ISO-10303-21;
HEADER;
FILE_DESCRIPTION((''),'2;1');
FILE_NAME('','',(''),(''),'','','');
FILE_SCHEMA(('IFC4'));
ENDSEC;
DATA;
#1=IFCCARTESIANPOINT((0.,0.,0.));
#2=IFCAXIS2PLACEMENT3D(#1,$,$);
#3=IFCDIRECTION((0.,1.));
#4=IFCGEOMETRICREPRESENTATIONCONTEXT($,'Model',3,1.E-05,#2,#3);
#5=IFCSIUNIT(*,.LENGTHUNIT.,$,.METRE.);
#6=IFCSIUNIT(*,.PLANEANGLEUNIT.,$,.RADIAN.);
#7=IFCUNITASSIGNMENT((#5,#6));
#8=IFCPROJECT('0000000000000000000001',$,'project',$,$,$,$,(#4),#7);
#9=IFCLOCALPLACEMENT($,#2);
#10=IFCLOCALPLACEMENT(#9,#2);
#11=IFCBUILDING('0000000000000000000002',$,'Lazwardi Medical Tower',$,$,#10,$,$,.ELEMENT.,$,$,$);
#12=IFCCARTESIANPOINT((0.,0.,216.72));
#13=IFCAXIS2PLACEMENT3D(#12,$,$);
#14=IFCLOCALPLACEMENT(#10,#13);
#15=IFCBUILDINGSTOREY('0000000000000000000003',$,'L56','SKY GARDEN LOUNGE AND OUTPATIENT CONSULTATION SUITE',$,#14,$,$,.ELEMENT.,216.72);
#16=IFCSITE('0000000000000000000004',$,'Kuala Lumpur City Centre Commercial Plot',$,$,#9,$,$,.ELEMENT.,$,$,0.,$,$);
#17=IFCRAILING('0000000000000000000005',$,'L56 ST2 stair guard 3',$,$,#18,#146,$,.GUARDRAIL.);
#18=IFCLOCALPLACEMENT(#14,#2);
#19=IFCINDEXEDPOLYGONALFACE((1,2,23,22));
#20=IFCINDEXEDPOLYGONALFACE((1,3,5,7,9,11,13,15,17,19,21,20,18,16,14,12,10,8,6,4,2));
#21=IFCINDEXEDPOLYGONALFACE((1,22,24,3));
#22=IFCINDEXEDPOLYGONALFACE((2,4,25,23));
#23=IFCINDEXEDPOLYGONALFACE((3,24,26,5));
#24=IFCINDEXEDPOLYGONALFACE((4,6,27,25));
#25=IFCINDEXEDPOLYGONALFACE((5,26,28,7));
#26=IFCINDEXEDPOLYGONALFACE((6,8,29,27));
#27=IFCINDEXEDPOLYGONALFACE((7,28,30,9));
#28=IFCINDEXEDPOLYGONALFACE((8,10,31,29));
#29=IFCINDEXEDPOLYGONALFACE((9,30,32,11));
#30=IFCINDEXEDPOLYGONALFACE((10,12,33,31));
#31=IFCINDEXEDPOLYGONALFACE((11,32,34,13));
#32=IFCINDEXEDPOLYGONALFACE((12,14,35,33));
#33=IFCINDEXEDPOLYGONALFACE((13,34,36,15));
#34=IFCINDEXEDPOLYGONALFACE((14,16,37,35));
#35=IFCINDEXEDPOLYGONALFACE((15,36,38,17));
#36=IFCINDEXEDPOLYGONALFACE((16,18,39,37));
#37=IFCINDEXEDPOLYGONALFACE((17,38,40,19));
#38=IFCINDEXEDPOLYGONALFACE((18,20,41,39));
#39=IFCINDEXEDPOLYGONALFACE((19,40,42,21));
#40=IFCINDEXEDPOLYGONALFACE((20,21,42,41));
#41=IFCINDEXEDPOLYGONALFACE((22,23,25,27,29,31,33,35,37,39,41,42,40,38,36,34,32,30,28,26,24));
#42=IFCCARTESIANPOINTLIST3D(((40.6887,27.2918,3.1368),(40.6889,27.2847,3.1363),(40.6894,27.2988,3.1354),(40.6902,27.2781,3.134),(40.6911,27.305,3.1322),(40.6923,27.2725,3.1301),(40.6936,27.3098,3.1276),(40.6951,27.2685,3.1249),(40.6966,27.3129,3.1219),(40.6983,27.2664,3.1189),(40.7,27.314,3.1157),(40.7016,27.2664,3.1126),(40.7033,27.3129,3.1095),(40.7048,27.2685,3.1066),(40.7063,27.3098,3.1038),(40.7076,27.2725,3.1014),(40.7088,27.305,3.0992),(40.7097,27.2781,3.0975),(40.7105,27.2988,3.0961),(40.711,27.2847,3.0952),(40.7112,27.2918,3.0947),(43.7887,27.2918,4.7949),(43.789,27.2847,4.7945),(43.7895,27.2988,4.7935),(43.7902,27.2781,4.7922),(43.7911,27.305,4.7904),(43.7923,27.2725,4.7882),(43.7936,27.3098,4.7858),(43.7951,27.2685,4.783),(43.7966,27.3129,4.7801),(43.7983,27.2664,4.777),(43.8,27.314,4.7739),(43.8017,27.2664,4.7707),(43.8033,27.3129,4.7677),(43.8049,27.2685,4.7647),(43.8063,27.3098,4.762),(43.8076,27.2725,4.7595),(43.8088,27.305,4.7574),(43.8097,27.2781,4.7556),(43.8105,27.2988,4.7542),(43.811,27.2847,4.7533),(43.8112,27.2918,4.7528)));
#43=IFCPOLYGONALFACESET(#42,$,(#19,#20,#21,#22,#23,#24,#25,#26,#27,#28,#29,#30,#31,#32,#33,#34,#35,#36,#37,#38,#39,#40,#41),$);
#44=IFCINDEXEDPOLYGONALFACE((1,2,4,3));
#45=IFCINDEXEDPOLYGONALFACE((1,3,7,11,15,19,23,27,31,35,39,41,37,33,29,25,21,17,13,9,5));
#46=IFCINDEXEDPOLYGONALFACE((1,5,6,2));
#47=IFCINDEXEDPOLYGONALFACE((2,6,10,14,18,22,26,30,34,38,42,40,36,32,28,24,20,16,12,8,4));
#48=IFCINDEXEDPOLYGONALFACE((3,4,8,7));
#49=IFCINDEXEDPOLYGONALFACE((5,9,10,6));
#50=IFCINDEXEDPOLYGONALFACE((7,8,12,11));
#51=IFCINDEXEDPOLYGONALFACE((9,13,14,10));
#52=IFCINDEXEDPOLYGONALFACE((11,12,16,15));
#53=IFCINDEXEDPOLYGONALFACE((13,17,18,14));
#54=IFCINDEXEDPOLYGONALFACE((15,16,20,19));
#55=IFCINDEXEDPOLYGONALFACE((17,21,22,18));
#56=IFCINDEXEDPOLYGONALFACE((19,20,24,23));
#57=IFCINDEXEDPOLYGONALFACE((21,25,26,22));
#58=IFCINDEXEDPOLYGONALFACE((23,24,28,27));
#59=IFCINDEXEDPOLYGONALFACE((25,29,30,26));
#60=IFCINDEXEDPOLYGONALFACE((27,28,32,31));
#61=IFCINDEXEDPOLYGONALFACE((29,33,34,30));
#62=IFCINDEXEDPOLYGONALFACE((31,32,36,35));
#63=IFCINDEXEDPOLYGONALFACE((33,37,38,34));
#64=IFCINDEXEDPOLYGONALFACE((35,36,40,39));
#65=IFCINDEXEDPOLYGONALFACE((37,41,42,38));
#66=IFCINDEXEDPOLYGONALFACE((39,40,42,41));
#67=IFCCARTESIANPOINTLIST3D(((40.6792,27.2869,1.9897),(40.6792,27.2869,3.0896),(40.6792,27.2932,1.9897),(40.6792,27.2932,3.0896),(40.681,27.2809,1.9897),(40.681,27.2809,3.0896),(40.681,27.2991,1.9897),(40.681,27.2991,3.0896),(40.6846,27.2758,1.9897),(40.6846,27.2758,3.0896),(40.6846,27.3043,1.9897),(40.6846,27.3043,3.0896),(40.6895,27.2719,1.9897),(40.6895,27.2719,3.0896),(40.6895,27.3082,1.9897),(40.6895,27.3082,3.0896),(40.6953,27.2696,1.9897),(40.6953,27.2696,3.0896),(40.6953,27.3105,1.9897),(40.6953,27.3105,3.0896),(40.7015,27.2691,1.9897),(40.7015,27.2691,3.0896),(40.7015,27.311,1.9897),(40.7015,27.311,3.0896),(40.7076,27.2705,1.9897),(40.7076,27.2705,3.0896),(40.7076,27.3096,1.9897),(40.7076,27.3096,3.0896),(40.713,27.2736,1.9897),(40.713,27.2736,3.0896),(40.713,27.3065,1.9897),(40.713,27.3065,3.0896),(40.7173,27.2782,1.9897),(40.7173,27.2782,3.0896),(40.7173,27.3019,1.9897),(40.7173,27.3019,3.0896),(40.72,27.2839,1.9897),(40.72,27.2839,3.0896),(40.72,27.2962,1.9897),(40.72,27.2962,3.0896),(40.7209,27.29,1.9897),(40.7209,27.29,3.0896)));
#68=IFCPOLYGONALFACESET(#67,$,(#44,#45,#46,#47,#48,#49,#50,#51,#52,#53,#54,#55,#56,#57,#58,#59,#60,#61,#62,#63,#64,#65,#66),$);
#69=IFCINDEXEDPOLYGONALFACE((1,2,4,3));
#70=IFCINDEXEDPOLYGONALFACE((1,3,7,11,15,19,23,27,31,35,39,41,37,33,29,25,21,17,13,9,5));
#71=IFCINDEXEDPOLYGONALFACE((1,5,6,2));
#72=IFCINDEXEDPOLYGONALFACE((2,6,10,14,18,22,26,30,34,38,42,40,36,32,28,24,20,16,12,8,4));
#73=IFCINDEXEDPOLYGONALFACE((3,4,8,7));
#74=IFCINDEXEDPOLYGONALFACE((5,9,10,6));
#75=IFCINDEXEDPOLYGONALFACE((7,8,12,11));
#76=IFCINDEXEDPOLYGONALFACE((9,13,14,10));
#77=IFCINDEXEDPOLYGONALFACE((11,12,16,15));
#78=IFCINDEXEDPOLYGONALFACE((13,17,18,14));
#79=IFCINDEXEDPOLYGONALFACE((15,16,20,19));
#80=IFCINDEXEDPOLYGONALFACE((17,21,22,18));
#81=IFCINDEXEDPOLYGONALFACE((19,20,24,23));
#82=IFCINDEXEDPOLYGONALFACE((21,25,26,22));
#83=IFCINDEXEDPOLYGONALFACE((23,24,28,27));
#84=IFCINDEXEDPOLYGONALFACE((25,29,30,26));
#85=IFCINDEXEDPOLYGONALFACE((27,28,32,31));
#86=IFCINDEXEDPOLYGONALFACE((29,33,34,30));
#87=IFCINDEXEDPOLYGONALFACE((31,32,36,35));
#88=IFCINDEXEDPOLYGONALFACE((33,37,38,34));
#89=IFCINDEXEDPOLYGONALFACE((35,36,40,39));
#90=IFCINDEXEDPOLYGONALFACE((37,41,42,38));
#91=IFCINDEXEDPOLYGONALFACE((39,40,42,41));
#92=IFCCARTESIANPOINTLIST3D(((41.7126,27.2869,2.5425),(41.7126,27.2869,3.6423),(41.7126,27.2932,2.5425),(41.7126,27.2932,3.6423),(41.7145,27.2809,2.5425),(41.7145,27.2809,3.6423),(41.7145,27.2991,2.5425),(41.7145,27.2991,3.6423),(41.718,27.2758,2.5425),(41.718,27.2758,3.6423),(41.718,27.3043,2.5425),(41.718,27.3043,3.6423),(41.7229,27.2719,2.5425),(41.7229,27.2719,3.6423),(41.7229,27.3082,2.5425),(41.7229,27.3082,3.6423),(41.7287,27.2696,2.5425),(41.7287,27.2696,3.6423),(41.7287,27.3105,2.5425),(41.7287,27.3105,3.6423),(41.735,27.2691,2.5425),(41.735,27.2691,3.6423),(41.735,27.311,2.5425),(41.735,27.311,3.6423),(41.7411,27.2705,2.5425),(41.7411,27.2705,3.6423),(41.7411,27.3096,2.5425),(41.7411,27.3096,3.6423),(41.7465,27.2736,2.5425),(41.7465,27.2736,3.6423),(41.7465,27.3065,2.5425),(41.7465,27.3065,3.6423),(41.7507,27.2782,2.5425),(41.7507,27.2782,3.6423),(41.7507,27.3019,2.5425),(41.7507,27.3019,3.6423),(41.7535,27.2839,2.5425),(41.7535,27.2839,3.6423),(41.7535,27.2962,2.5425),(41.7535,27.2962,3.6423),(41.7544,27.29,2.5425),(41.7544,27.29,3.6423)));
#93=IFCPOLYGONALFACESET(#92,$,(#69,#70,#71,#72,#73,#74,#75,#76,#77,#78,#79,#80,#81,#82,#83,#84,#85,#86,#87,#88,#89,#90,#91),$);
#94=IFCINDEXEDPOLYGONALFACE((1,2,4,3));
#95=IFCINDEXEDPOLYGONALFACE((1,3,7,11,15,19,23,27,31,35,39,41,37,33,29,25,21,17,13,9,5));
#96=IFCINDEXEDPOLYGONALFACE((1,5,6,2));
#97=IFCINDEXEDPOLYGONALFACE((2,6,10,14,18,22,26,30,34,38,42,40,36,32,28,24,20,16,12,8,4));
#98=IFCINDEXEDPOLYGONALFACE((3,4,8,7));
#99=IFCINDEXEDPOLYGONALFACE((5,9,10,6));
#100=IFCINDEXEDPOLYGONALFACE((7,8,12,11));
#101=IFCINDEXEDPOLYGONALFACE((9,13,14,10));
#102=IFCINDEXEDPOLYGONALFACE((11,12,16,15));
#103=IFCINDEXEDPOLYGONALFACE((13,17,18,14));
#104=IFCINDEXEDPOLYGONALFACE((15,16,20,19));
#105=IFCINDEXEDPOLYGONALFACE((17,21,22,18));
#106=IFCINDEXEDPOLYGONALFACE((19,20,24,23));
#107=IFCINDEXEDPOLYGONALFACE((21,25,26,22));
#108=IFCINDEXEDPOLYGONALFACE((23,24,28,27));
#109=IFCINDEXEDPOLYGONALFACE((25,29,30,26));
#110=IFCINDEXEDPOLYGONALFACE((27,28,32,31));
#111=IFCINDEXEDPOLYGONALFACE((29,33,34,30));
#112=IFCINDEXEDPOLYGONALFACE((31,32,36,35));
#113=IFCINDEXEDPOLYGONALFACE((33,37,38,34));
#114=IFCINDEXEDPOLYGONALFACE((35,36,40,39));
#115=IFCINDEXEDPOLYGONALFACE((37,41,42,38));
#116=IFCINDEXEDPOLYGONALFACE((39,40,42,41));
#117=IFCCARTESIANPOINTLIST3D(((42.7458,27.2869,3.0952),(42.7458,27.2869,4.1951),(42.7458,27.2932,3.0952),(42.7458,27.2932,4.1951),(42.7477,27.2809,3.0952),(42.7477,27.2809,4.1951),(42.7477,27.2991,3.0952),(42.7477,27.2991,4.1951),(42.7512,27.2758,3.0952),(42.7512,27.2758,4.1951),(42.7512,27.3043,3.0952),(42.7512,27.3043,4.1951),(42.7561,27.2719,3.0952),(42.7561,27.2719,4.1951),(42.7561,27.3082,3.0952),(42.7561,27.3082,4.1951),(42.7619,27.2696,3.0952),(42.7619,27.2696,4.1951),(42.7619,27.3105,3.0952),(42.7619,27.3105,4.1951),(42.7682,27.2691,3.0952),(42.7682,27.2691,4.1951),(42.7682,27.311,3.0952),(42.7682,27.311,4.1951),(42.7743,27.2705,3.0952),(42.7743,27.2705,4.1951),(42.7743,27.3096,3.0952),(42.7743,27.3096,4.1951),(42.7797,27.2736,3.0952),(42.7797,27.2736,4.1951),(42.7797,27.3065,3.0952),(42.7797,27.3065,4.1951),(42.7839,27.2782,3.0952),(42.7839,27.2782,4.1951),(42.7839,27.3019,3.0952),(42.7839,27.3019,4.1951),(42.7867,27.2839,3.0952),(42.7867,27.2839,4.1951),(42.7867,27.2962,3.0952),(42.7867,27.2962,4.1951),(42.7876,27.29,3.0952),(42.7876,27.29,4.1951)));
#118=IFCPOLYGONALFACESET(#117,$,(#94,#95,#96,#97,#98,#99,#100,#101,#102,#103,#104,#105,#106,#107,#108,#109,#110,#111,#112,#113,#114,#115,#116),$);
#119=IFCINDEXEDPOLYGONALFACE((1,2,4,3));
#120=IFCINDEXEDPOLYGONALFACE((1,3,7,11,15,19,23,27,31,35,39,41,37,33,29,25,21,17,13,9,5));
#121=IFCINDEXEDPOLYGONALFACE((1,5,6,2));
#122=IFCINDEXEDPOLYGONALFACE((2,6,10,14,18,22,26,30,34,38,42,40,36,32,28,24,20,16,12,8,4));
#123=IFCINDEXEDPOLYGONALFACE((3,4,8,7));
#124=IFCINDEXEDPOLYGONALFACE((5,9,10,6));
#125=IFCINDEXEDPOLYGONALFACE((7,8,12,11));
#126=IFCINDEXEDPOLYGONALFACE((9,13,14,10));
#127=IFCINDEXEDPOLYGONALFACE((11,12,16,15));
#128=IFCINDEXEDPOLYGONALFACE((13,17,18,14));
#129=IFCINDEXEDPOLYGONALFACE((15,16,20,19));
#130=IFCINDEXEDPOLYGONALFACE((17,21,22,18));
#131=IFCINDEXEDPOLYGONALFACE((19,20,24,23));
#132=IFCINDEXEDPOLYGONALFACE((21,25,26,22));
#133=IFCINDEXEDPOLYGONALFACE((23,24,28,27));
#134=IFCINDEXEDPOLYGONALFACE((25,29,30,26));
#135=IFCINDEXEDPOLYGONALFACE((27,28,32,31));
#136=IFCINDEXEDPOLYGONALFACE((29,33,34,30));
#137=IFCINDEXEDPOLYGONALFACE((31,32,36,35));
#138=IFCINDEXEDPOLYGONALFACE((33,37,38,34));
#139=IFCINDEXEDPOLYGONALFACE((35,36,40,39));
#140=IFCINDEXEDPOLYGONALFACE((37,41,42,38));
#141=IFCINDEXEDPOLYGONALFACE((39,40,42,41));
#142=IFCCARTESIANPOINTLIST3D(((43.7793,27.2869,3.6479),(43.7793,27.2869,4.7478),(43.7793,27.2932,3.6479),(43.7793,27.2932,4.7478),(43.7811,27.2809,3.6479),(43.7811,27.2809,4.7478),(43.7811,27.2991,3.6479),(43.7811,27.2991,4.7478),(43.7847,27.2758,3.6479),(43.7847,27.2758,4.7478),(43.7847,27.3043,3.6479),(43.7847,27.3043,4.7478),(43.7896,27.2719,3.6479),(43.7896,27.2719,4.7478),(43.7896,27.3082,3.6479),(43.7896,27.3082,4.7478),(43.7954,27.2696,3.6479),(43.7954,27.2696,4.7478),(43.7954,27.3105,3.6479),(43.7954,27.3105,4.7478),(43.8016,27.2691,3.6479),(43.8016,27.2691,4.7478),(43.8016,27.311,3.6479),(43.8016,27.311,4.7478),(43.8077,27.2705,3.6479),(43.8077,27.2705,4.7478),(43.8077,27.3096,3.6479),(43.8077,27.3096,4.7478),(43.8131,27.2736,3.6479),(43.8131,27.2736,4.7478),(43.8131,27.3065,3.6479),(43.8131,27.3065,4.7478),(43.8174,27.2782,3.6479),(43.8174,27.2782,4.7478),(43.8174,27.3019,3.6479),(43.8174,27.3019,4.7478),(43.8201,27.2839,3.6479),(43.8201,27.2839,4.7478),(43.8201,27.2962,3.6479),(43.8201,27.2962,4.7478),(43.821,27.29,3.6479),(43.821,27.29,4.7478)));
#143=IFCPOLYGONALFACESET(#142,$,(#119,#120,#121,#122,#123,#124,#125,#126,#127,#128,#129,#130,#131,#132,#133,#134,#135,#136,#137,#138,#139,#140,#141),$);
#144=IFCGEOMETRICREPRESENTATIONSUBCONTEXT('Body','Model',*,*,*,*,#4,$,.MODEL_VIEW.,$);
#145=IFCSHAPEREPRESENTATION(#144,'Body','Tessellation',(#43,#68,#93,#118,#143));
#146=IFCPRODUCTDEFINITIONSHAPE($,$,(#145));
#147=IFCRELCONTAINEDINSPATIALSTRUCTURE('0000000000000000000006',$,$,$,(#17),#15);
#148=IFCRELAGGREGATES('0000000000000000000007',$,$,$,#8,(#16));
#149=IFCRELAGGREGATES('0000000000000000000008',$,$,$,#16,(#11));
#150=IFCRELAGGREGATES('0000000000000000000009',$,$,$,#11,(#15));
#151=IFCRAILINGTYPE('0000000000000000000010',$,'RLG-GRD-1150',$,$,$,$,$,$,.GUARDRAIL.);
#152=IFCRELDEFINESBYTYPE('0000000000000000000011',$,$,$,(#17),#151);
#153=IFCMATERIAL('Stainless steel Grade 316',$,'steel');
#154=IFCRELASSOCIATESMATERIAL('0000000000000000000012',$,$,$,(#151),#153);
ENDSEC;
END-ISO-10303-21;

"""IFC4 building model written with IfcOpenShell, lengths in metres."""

from ifc_helpers import new_model, si_unit, direction, frame, origin, origin_2d, place, context, subcontext, project, spatial, circle, extrude, material, type_object, element, save


model = new_model("IFC4")

# Units and contexts
model_context = context("Model", 3, precision=1e-05, world=origin(), true_north=direction((0.0, 1.0)))
body_context = subcontext(model_context, "Body", "Model", "MODEL_VIEW")
ifc_project = project(units=[si_unit("LENGTHUNIT", "METRE"), si_unit("PLANEANGLEUNIT", "RADIAN")], contexts=[model_context])

# Site, building, storey
site_placement = place(None, origin())
site = spatial("IfcSite", under=ifc_project, at=site_placement, Name="Kuala Lumpur City Centre Commercial Plot", CompositionType="ELEMENT", RefElevation=0.0)
building_placement = place(site_placement, origin())
building = spatial("IfcBuilding", under=site, at=building_placement, Name="Lazwardi Medical Tower", CompositionType="ELEMENT")
storey_placement = place(building_placement, frame((0.0, 0.0, 216.72)))
storey = spatial("IfcBuildingStorey", under=building, at=storey_placement, Name="L56", Description="SKY GARDEN LOUNGE AND OUTPATIENT CONSULTATION SUITE", CompositionType="ELEMENT", Elevation=216.72)

# Railing
ifc_material_1 = material(Name="Stainless steel Grade 316", Category="steel")
railing_type_1 = type_object("IfcRailingType", Name="RLG-GRD-1150", PredefinedType="GUARDRAIL", material=ifc_material_1)
railing_1_placement = place(storey_placement, frame((40.7, 27.29, 1.9897)))
element("IfcRailing", 1, at=railing_1_placement, inside=storey, type_object=railing_type_1, Name="L56 ST2 stair guard 3", PredefinedType="GUARDRAIL", context=body_context, shape_type="SweptSolid", body=[
    extrude(circle(Radius=0.0239, at=origin_2d()), frame((0.0, 0.0, 1.126), z_axis=(0.881783, 0.0, 0.471655), x_axis=(0.0, 1.0, 0.0)), (0.0, 0.0, 1.0), 3.5156),
    extrude(circle(Radius=0.021, at=origin_2d()), origin(), (0.0, 0.0, 1.0), 1.0999),
    extrude(circle(Radius=0.021, at=origin_2d()), frame((1.0334, 0.0, 0.5527)), (0.0, 0.0, 1.0), 1.0999),
    extrude(circle(Radius=0.021, at=origin_2d()), frame((2.0667, 0.0, 1.1055)), (0.0, 0.0, 1.0), 1.0999),
    extrude(circle(Radius=0.021, at=origin_2d()), frame((3.1001, 0.0, 1.6582)), (0.0, 0.0, 1.0), 1.0999),
])

save(model, "model.ifc")
